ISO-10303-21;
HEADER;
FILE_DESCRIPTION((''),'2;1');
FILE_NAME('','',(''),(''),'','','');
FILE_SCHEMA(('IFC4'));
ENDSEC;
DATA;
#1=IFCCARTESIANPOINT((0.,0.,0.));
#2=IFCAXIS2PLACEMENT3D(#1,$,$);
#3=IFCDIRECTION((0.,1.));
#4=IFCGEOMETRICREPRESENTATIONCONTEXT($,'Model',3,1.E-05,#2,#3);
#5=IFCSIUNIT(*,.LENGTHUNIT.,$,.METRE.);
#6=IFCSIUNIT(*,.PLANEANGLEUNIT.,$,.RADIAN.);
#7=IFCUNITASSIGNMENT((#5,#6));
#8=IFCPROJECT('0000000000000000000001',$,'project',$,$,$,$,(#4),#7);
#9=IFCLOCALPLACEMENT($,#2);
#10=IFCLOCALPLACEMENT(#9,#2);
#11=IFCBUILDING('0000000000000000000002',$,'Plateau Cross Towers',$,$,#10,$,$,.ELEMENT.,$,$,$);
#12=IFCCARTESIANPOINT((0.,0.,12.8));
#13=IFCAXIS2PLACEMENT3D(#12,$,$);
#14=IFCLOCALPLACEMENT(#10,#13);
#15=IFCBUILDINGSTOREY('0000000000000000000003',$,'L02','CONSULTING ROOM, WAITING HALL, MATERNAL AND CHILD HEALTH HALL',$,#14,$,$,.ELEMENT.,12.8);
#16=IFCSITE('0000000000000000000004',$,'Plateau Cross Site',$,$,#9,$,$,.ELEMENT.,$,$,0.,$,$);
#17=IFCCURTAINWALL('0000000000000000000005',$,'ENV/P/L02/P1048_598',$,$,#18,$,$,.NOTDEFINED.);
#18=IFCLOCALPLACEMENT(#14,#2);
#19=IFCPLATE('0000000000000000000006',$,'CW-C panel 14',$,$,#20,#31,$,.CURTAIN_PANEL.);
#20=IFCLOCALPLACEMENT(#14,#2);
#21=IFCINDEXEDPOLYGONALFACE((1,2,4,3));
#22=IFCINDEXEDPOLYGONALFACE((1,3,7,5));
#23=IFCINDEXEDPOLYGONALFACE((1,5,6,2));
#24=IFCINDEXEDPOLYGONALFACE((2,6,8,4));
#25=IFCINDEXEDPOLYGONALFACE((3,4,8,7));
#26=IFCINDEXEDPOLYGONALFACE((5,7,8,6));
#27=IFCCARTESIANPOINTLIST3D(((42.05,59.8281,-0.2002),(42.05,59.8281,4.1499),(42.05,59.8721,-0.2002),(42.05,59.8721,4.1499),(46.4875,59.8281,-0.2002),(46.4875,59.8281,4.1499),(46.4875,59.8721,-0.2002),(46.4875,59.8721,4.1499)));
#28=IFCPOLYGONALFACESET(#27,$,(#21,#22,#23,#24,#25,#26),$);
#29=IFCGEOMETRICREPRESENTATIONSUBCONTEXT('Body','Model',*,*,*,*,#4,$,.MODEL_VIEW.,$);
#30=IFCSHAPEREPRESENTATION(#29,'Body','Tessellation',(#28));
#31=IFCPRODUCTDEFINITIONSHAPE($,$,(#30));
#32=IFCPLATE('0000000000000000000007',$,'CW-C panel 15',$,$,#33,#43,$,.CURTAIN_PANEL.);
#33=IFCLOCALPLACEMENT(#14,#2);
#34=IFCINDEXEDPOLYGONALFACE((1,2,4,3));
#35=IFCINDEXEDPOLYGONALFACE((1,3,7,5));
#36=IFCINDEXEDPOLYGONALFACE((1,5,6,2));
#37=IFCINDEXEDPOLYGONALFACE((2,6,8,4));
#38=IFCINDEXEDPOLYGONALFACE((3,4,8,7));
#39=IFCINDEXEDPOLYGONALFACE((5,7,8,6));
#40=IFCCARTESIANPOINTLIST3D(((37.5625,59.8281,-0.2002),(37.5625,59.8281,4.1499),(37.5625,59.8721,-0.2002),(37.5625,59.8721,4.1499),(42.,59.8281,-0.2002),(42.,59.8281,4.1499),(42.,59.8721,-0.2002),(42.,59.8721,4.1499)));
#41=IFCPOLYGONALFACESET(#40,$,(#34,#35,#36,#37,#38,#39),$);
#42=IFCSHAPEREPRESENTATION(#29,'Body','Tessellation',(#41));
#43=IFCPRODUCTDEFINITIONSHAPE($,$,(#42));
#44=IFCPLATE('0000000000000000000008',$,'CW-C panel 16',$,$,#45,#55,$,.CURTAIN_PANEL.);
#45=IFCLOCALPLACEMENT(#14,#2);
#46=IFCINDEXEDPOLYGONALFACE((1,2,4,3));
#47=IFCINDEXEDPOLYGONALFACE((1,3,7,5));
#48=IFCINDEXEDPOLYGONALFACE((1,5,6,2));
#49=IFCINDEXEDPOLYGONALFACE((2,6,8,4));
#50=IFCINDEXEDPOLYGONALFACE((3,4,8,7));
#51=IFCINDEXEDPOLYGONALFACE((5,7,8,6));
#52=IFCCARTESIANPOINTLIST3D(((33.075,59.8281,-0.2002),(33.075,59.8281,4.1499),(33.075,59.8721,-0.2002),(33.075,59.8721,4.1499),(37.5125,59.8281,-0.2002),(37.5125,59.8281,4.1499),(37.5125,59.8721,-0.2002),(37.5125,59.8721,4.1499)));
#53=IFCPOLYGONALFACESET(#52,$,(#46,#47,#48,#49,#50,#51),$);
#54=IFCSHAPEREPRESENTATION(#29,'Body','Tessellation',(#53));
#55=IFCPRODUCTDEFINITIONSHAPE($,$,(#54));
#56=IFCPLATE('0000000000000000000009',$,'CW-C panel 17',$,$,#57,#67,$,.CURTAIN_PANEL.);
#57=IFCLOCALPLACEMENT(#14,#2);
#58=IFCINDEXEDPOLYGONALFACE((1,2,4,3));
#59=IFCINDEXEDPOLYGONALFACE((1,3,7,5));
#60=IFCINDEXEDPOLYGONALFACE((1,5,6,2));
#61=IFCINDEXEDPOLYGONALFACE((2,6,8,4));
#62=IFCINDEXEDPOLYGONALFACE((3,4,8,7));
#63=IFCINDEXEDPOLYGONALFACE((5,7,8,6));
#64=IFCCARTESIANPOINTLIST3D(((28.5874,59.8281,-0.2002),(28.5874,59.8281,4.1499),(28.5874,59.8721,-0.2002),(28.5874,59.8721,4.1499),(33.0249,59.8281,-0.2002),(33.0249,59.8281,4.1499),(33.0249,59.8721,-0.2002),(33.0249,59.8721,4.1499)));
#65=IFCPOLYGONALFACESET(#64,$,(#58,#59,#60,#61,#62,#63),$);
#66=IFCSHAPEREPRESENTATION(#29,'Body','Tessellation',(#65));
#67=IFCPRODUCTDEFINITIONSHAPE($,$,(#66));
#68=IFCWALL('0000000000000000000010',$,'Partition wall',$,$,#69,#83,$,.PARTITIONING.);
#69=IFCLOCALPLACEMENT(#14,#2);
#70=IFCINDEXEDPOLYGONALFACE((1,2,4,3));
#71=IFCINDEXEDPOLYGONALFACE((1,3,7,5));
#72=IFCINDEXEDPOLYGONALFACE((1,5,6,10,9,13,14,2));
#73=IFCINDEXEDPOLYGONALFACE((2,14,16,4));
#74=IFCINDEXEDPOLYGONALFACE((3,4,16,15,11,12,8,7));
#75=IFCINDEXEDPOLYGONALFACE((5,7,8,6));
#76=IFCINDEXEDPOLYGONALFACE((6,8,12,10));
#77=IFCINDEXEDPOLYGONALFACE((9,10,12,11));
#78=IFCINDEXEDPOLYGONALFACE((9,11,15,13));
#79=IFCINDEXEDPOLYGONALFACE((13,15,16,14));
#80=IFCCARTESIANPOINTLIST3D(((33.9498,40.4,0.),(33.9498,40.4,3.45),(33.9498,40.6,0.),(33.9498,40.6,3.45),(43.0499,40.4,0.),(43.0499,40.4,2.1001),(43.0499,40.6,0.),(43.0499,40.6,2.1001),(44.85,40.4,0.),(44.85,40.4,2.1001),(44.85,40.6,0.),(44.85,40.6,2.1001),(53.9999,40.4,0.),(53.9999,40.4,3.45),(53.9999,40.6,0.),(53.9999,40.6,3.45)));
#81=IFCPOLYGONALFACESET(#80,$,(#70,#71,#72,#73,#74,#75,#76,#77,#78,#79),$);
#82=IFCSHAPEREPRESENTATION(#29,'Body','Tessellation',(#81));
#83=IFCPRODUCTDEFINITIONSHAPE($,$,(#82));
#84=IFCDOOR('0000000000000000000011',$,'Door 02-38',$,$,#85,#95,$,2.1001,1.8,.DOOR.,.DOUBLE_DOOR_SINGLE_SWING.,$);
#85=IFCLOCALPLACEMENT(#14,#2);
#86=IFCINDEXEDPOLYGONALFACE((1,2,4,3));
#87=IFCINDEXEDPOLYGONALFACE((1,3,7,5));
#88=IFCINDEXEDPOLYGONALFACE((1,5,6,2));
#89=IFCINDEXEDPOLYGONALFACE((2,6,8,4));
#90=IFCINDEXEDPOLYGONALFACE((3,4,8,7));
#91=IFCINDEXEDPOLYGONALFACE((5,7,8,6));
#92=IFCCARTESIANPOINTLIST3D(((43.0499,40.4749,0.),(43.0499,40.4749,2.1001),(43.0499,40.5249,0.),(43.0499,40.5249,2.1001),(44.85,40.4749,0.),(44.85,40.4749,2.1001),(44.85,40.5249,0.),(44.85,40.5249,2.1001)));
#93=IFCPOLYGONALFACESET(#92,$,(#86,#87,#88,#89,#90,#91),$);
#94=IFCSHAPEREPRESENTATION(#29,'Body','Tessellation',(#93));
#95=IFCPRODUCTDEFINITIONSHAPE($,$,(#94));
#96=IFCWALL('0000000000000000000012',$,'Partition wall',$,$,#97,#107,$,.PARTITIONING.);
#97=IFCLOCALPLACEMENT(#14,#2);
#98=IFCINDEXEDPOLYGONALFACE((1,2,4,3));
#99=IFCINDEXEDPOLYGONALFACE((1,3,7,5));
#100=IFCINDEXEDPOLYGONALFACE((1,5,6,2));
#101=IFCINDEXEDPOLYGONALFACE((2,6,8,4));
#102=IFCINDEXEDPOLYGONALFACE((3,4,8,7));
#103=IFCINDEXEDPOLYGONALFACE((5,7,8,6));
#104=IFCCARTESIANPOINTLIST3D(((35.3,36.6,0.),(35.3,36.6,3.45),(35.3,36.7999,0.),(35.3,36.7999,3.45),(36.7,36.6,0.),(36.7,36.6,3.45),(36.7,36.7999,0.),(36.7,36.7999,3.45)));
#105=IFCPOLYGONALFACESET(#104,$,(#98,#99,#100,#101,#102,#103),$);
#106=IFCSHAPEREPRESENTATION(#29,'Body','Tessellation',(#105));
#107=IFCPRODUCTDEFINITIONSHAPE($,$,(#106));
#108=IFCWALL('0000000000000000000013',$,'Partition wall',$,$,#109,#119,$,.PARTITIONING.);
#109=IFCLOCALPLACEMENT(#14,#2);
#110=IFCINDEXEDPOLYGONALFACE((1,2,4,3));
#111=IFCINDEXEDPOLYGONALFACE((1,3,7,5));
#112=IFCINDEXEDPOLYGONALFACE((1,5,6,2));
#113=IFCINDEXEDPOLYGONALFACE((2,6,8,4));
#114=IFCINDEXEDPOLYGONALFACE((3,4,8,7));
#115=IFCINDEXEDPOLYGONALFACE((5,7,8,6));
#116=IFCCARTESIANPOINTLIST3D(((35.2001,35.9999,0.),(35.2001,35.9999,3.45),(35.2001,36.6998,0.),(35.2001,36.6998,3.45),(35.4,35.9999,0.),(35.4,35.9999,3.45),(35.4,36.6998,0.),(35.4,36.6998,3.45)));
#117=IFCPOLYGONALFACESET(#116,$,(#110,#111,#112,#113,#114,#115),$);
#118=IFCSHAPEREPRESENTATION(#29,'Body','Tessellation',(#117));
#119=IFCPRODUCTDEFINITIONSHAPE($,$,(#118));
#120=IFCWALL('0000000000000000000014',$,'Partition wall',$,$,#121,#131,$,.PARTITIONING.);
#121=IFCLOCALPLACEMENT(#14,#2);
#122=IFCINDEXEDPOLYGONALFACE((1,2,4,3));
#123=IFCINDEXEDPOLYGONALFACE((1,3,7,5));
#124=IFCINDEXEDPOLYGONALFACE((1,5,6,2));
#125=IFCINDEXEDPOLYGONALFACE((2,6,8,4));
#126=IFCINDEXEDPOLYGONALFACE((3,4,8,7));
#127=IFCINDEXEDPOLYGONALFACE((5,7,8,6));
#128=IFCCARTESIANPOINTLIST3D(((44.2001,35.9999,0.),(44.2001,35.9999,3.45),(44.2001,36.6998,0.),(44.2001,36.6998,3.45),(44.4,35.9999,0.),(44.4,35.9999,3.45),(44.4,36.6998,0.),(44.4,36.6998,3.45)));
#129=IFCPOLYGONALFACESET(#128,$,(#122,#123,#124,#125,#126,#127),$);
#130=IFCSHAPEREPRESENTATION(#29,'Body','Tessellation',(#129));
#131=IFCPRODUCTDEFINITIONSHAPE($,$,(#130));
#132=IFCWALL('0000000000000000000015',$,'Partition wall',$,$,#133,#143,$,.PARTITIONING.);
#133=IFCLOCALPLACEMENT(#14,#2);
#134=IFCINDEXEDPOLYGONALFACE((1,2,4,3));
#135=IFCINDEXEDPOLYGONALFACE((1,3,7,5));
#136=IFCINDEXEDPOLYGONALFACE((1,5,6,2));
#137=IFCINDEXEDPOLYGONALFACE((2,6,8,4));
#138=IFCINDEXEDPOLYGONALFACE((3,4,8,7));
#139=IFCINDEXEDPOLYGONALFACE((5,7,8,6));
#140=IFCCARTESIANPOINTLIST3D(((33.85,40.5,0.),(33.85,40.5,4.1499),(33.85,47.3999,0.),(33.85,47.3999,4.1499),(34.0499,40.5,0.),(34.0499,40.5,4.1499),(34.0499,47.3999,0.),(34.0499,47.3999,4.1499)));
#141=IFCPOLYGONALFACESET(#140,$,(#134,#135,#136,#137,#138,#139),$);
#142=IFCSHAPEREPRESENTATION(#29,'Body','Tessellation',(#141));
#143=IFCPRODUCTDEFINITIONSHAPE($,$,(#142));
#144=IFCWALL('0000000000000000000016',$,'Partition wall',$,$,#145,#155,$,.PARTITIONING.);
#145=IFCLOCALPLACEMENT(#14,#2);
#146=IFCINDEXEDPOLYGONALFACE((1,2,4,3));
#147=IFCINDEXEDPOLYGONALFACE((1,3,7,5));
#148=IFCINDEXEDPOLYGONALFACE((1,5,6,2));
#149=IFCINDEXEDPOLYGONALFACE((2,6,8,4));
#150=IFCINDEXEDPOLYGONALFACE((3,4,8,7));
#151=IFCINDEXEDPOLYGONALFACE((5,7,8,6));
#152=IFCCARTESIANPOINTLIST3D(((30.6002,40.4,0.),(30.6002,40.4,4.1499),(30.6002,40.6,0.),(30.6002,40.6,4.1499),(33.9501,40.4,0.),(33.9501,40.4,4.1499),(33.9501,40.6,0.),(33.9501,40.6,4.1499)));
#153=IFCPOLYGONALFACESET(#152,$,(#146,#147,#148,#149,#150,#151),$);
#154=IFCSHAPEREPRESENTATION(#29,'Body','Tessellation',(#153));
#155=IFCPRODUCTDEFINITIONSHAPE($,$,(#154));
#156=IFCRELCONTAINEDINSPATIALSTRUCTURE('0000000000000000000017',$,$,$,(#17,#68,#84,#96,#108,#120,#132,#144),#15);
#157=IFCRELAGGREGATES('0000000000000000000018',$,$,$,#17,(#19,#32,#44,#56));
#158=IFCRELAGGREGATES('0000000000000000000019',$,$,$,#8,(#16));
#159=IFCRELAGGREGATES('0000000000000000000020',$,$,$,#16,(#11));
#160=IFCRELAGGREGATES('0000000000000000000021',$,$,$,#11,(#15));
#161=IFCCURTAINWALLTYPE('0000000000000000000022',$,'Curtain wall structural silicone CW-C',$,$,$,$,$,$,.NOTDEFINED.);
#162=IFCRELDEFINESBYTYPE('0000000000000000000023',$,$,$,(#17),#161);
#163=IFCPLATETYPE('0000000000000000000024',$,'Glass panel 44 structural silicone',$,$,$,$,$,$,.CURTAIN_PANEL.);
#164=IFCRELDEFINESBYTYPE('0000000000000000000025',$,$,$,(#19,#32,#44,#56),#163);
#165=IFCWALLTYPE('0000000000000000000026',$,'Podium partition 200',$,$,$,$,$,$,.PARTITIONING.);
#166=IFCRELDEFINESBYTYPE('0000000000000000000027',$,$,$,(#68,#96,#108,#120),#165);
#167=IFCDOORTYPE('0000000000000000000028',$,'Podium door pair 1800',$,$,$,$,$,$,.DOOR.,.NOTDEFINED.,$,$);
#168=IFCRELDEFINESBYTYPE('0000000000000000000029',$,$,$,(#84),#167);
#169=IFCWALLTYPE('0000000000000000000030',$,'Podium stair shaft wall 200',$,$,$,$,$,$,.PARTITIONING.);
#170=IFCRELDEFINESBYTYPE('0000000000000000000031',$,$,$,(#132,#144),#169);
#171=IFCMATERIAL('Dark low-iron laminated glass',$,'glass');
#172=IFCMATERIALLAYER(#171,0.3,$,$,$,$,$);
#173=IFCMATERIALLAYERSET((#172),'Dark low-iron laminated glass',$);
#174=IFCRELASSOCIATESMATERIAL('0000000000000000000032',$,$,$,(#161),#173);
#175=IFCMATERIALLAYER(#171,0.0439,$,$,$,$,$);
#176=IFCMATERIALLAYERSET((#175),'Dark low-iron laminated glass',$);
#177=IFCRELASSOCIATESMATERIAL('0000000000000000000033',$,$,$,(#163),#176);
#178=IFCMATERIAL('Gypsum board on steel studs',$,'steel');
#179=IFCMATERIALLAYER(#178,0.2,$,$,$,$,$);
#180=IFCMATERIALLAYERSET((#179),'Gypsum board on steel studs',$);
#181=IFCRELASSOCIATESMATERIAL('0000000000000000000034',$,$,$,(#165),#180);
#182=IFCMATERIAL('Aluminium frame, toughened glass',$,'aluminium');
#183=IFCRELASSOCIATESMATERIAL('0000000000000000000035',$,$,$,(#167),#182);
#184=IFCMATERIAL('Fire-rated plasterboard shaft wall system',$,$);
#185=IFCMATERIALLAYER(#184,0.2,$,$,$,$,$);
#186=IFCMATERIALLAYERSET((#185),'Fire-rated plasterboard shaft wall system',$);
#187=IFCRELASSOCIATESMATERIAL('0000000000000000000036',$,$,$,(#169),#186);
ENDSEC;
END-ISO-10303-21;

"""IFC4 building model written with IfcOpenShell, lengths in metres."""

from ifc_helpers import new_model, si_unit, direction, frame, frame_2d, origin, origin_2d, place, context, subcontext, project, spatial, rectangle, extrude, material, layer, layer_set, type_object, element, fill, aggregate, save


model = new_model("IFC4")

# Units and contexts
model_context = context("Model", 3, precision=1e-05, world=origin(), true_north=direction((0.0, 1.0)))
body_context = subcontext(model_context, "Body", "Model", "MODEL_VIEW")
ifc_project = project(units=[si_unit("LENGTHUNIT", "METRE"), si_unit("PLANEANGLEUNIT", "RADIAN")], contexts=[model_context])

# Site, building, storey
site_placement = place(None, origin())
site = spatial("IfcSite", under=ifc_project, at=site_placement, Name="Plateau Cross Site", CompositionType="ELEMENT", RefElevation=0.0)
building_placement = place(site_placement, origin())
building = spatial("IfcBuilding", under=site, at=building_placement, Name="Plateau Cross Towers", CompositionType="ELEMENT")
storey_placement = place(building_placement, frame((0.0, 0.0, 12.8)))
storey = spatial("IfcBuildingStorey", under=building, at=storey_placement, Name="L02", Description="CONSULTING ROOM, WAITING HALL, MATERNAL AND CHILD HEALTH HALL", CompositionType="ELEMENT", Elevation=12.8)

# Curtain wall
ifc_material_1 = material(Name="Dark low-iron laminated glass", Category="glass")
ifc_layer_1 = layer(ifc_material_1, 0.3)
ifc_layer_set_1 = layer_set([ifc_layer_1], Name="Dark low-iron laminated glass")
curtain_wall_type = type_object("IfcCurtainWallType", Name="Curtain wall structural silicone CW-C", PredefinedType="NOTDEFINED", material=ifc_layer_set_1)
curtain_wall_placement = place(storey_placement, origin())
curtain_wall = element("IfcCurtainWall", 1, at=curtain_wall_placement, inside=storey, type_object=curtain_wall_type, Name="ENV/P/L02/P1048_598", PredefinedType="NOTDEFINED")

# Plates
ifc_layer_2 = layer(ifc_material_1, 0.0439)
ifc_layer_set_2 = layer_set([ifc_layer_2], Name="Dark low-iron laminated glass")
plate_type = type_object("IfcPlateType", Name="Glass panel 44 structural silicone", PredefinedType="CURTAIN_PANEL", material=ifc_layer_set_2)
plate_1_placement = place(storey_placement, frame((44.2688, 59.8501, -0.2002), z_axis=(0.0, 0.0, 1.0), x_axis=(-1.0, 0.0, 0.0)))
plate_1 = element("IfcPlate", 2, at=plate_1_placement, type_object=plate_type, Name="CW-C panel 14", PredefinedType="CURTAIN_PANEL", context=body_context, shape_type="SweptSolid", body=[
    extrude(rectangle(XDim=4.4375, YDim=0.0439, at=origin_2d()), origin(), (0.0, 0.0, 1.0), 4.3501),
])
plate_2_placement = place(storey_placement, frame((39.7812, 59.8501, -0.2002), z_axis=(0.0, 0.0, 1.0), x_axis=(-1.0, 0.0, 0.0)))
plate_2 = element("IfcPlate", 3, at=plate_2_placement, type_object=plate_type, Name="CW-C panel 15", PredefinedType="CURTAIN_PANEL", context=body_context, shape_type="SweptSolid", body=[
    extrude(rectangle(XDim=4.4375, YDim=0.0439, at=origin_2d()), origin(), (0.0, 0.0, 1.0), 4.3501),
])
plate_3_placement = place(storey_placement, frame((35.2937, 59.8501, -0.2002), z_axis=(0.0, 0.0, 1.0), x_axis=(-1.0, 0.0, 0.0)))
plate_3 = element("IfcPlate", 4, at=plate_3_placement, type_object=plate_type, Name="CW-C panel 16", PredefinedType="CURTAIN_PANEL", context=body_context, shape_type="SweptSolid", body=[
    extrude(rectangle(XDim=4.4375, YDim=0.0439, at=origin_2d()), origin(), (0.0, 0.0, 1.0), 4.3501),
])
plate_4_placement = place(storey_placement, frame((30.8062, 59.8501, -0.2002), z_axis=(0.0, 0.0, 1.0), x_axis=(-1.0, 0.0, 0.0)))
plate_4 = element("IfcPlate", 5, at=plate_4_placement, type_object=plate_type, Name="CW-C panel 17", PredefinedType="CURTAIN_PANEL", context=body_context, shape_type="SweptSolid", body=[
    extrude(rectangle(XDim=4.4375, YDim=0.0439, at=origin_2d()), origin(), (0.0, 0.0, 1.0), 4.3501),
])
aggregate(curtain_wall, [plate_1, plate_2, plate_3, plate_4])

# Wall, opening, door
ifc_material_2 = material(Name="Gypsum board on steel studs", Category="steel")
ifc_layer_3 = layer(ifc_material_2, 0.2)
ifc_layer_set_3 = layer_set([ifc_layer_3], Name="Gypsum board on steel studs")
wall_type_1 = type_object("IfcWallType", Name="Podium partition 200", PredefinedType="PARTITIONING", material=ifc_layer_set_3)
wall_1_placement = place(storey_placement, frame((33.95, 40.5, 0.0), z_axis=(0.0, 0.0, 1.0), x_axis=(1.0, 0.0, 0.0)))
wall_1 = element("IfcWall", 6, at=wall_1_placement, inside=storey, type_object=wall_type_1, Name="Partition wall", PredefinedType="PARTITIONING", context=body_context, shape_type="SweptSolid", body=[
    extrude(rectangle(XDim=20.05, YDim=0.2, at=frame_2d((10.0249, 0.0))), origin(), (0.0, 0.0, 1.0), 3.45),
])
opening_placement = place(wall_1_placement, frame((9.1001, 0.0, 0.0)))
opening = element("IfcOpeningElement", 7, at=opening_placement, cuts=wall_1, PredefinedType="OPENING", context=body_context, shape_type="SweptSolid", body=[
    extrude(rectangle(XDim=1.8, YDim=2.1001, at=frame_2d((0.8999, 1.05))), frame((0.0, 0.1099, 0.0), z_axis=(0.0, -1.0, 0.0), x_axis=(1.0, 0.0, 0.0)), (0.0, 0.0, 1.0), 0.22),
])
ifc_material_3 = material(Name="Aluminium frame, toughened glass", Category="aluminium")
door_type = type_object("IfcDoorType", Name="Podium door pair 1800", OperationType="NOTDEFINED", PredefinedType="DOOR", material=ifc_material_3)
door_placement = place(opening_placement, origin())
door = element("IfcDoor", 8, at=door_placement, inside=storey, type_object=door_type, Name="Door 02-38", OperationType="DOUBLE_DOOR_SINGLE_SWING", OverallHeight=2.1001, OverallWidth=1.8, PredefinedType="DOOR", context=body_context, shape_type="SweptSolid", body=[
    extrude(rectangle(XDim=1.8, YDim=2.1001, at=frame_2d((0.8999, 1.05))), frame((0.0, 0.0249, 0.0), z_axis=(0.0, -1.0, 0.0), x_axis=(1.0, 0.0, 0.0)), (0.0, 0.0, 1.0), 0.05),
])
fill(opening, door)

# Walls
wall_2_placement = place(storey_placement, frame((36.7, 36.7, 0.0), z_axis=(0.0, 0.0, 1.0), x_axis=(-1.0, 0.0, 0.0)))
element("IfcWall", 9, at=wall_2_placement, inside=storey, type_object=wall_type_1, Name="Partition wall", PredefinedType="PARTITIONING", context=body_context, shape_type="SweptSolid", body=[
    extrude(rectangle(XDim=1.3999, YDim=0.2, at=frame_2d((0.7, 0.0))), origin(), (0.0, 0.0, 1.0), 3.45),
])
for number, where, z_axis, x_axis, name in (
    (10, (35.3, 36.7, 0.0), (0.0, 0.0, 1.0), (0.0, -1.0, 0.0), "Partition wall"),
    (11, (44.3, 36.7, 0.0), (0.0, 0.0, 1.0), (0.0, -1.0, 0.0), "Partition wall"),
):
    element("IfcWall", number, at=place(storey_placement, frame(where, z_axis=z_axis, x_axis=x_axis)), inside=storey, type_object=wall_type_1, Name=name, PredefinedType="PARTITIONING", context=body_context, shape_type="SweptSolid", body=[
        extrude(rectangle(XDim=0.7, YDim=0.2, at=frame_2d((0.3501, 0.0))), origin(), (0.0, 0.0, 1.0), 3.45),
    ])
ifc_material_4 = material(Name="Fire-rated plasterboard shaft wall system")
ifc_layer_4 = layer(ifc_material_4, 0.2)
ifc_layer_set_4 = layer_set([ifc_layer_4], Name="Fire-rated plasterboard shaft wall system")
wall_type_2 = type_object("IfcWallType", Name="Podium stair shaft wall 200", PredefinedType="PARTITIONING", material=ifc_layer_set_4)
wall_3_placement = place(storey_placement, frame((33.95, 47.3999, 0.0), z_axis=(0.0, 0.0, 1.0), x_axis=(0.0, -1.0, 0.0)))
element("IfcWall", 12, at=wall_3_placement, inside=storey, type_object=wall_type_2, Name="Partition wall", PredefinedType="PARTITIONING", context=body_context, shape_type="SweptSolid", body=[
    extrude(rectangle(XDim=6.8999, YDim=0.2, at=frame_2d((3.45, 0.0))), origin(), (0.0, 0.0, 1.0), 4.1499),
])
wall_4_placement = place(storey_placement, frame((33.95, 40.5, 0.0), z_axis=(0.0, 0.0, 1.0), x_axis=(-1.0, 0.0, 0.0)))
element("IfcWall", 13, at=wall_4_placement, inside=storey, type_object=wall_type_2, Name="Partition wall", PredefinedType="PARTITIONING", context=body_context, shape_type="SweptSolid", body=[
    extrude(rectangle(XDim=3.3499, YDim=0.2, at=frame_2d((1.6748, 0.0))), origin(), (0.0, 0.0, 1.0), 4.1499),
])

save(model, "model.ifc")
